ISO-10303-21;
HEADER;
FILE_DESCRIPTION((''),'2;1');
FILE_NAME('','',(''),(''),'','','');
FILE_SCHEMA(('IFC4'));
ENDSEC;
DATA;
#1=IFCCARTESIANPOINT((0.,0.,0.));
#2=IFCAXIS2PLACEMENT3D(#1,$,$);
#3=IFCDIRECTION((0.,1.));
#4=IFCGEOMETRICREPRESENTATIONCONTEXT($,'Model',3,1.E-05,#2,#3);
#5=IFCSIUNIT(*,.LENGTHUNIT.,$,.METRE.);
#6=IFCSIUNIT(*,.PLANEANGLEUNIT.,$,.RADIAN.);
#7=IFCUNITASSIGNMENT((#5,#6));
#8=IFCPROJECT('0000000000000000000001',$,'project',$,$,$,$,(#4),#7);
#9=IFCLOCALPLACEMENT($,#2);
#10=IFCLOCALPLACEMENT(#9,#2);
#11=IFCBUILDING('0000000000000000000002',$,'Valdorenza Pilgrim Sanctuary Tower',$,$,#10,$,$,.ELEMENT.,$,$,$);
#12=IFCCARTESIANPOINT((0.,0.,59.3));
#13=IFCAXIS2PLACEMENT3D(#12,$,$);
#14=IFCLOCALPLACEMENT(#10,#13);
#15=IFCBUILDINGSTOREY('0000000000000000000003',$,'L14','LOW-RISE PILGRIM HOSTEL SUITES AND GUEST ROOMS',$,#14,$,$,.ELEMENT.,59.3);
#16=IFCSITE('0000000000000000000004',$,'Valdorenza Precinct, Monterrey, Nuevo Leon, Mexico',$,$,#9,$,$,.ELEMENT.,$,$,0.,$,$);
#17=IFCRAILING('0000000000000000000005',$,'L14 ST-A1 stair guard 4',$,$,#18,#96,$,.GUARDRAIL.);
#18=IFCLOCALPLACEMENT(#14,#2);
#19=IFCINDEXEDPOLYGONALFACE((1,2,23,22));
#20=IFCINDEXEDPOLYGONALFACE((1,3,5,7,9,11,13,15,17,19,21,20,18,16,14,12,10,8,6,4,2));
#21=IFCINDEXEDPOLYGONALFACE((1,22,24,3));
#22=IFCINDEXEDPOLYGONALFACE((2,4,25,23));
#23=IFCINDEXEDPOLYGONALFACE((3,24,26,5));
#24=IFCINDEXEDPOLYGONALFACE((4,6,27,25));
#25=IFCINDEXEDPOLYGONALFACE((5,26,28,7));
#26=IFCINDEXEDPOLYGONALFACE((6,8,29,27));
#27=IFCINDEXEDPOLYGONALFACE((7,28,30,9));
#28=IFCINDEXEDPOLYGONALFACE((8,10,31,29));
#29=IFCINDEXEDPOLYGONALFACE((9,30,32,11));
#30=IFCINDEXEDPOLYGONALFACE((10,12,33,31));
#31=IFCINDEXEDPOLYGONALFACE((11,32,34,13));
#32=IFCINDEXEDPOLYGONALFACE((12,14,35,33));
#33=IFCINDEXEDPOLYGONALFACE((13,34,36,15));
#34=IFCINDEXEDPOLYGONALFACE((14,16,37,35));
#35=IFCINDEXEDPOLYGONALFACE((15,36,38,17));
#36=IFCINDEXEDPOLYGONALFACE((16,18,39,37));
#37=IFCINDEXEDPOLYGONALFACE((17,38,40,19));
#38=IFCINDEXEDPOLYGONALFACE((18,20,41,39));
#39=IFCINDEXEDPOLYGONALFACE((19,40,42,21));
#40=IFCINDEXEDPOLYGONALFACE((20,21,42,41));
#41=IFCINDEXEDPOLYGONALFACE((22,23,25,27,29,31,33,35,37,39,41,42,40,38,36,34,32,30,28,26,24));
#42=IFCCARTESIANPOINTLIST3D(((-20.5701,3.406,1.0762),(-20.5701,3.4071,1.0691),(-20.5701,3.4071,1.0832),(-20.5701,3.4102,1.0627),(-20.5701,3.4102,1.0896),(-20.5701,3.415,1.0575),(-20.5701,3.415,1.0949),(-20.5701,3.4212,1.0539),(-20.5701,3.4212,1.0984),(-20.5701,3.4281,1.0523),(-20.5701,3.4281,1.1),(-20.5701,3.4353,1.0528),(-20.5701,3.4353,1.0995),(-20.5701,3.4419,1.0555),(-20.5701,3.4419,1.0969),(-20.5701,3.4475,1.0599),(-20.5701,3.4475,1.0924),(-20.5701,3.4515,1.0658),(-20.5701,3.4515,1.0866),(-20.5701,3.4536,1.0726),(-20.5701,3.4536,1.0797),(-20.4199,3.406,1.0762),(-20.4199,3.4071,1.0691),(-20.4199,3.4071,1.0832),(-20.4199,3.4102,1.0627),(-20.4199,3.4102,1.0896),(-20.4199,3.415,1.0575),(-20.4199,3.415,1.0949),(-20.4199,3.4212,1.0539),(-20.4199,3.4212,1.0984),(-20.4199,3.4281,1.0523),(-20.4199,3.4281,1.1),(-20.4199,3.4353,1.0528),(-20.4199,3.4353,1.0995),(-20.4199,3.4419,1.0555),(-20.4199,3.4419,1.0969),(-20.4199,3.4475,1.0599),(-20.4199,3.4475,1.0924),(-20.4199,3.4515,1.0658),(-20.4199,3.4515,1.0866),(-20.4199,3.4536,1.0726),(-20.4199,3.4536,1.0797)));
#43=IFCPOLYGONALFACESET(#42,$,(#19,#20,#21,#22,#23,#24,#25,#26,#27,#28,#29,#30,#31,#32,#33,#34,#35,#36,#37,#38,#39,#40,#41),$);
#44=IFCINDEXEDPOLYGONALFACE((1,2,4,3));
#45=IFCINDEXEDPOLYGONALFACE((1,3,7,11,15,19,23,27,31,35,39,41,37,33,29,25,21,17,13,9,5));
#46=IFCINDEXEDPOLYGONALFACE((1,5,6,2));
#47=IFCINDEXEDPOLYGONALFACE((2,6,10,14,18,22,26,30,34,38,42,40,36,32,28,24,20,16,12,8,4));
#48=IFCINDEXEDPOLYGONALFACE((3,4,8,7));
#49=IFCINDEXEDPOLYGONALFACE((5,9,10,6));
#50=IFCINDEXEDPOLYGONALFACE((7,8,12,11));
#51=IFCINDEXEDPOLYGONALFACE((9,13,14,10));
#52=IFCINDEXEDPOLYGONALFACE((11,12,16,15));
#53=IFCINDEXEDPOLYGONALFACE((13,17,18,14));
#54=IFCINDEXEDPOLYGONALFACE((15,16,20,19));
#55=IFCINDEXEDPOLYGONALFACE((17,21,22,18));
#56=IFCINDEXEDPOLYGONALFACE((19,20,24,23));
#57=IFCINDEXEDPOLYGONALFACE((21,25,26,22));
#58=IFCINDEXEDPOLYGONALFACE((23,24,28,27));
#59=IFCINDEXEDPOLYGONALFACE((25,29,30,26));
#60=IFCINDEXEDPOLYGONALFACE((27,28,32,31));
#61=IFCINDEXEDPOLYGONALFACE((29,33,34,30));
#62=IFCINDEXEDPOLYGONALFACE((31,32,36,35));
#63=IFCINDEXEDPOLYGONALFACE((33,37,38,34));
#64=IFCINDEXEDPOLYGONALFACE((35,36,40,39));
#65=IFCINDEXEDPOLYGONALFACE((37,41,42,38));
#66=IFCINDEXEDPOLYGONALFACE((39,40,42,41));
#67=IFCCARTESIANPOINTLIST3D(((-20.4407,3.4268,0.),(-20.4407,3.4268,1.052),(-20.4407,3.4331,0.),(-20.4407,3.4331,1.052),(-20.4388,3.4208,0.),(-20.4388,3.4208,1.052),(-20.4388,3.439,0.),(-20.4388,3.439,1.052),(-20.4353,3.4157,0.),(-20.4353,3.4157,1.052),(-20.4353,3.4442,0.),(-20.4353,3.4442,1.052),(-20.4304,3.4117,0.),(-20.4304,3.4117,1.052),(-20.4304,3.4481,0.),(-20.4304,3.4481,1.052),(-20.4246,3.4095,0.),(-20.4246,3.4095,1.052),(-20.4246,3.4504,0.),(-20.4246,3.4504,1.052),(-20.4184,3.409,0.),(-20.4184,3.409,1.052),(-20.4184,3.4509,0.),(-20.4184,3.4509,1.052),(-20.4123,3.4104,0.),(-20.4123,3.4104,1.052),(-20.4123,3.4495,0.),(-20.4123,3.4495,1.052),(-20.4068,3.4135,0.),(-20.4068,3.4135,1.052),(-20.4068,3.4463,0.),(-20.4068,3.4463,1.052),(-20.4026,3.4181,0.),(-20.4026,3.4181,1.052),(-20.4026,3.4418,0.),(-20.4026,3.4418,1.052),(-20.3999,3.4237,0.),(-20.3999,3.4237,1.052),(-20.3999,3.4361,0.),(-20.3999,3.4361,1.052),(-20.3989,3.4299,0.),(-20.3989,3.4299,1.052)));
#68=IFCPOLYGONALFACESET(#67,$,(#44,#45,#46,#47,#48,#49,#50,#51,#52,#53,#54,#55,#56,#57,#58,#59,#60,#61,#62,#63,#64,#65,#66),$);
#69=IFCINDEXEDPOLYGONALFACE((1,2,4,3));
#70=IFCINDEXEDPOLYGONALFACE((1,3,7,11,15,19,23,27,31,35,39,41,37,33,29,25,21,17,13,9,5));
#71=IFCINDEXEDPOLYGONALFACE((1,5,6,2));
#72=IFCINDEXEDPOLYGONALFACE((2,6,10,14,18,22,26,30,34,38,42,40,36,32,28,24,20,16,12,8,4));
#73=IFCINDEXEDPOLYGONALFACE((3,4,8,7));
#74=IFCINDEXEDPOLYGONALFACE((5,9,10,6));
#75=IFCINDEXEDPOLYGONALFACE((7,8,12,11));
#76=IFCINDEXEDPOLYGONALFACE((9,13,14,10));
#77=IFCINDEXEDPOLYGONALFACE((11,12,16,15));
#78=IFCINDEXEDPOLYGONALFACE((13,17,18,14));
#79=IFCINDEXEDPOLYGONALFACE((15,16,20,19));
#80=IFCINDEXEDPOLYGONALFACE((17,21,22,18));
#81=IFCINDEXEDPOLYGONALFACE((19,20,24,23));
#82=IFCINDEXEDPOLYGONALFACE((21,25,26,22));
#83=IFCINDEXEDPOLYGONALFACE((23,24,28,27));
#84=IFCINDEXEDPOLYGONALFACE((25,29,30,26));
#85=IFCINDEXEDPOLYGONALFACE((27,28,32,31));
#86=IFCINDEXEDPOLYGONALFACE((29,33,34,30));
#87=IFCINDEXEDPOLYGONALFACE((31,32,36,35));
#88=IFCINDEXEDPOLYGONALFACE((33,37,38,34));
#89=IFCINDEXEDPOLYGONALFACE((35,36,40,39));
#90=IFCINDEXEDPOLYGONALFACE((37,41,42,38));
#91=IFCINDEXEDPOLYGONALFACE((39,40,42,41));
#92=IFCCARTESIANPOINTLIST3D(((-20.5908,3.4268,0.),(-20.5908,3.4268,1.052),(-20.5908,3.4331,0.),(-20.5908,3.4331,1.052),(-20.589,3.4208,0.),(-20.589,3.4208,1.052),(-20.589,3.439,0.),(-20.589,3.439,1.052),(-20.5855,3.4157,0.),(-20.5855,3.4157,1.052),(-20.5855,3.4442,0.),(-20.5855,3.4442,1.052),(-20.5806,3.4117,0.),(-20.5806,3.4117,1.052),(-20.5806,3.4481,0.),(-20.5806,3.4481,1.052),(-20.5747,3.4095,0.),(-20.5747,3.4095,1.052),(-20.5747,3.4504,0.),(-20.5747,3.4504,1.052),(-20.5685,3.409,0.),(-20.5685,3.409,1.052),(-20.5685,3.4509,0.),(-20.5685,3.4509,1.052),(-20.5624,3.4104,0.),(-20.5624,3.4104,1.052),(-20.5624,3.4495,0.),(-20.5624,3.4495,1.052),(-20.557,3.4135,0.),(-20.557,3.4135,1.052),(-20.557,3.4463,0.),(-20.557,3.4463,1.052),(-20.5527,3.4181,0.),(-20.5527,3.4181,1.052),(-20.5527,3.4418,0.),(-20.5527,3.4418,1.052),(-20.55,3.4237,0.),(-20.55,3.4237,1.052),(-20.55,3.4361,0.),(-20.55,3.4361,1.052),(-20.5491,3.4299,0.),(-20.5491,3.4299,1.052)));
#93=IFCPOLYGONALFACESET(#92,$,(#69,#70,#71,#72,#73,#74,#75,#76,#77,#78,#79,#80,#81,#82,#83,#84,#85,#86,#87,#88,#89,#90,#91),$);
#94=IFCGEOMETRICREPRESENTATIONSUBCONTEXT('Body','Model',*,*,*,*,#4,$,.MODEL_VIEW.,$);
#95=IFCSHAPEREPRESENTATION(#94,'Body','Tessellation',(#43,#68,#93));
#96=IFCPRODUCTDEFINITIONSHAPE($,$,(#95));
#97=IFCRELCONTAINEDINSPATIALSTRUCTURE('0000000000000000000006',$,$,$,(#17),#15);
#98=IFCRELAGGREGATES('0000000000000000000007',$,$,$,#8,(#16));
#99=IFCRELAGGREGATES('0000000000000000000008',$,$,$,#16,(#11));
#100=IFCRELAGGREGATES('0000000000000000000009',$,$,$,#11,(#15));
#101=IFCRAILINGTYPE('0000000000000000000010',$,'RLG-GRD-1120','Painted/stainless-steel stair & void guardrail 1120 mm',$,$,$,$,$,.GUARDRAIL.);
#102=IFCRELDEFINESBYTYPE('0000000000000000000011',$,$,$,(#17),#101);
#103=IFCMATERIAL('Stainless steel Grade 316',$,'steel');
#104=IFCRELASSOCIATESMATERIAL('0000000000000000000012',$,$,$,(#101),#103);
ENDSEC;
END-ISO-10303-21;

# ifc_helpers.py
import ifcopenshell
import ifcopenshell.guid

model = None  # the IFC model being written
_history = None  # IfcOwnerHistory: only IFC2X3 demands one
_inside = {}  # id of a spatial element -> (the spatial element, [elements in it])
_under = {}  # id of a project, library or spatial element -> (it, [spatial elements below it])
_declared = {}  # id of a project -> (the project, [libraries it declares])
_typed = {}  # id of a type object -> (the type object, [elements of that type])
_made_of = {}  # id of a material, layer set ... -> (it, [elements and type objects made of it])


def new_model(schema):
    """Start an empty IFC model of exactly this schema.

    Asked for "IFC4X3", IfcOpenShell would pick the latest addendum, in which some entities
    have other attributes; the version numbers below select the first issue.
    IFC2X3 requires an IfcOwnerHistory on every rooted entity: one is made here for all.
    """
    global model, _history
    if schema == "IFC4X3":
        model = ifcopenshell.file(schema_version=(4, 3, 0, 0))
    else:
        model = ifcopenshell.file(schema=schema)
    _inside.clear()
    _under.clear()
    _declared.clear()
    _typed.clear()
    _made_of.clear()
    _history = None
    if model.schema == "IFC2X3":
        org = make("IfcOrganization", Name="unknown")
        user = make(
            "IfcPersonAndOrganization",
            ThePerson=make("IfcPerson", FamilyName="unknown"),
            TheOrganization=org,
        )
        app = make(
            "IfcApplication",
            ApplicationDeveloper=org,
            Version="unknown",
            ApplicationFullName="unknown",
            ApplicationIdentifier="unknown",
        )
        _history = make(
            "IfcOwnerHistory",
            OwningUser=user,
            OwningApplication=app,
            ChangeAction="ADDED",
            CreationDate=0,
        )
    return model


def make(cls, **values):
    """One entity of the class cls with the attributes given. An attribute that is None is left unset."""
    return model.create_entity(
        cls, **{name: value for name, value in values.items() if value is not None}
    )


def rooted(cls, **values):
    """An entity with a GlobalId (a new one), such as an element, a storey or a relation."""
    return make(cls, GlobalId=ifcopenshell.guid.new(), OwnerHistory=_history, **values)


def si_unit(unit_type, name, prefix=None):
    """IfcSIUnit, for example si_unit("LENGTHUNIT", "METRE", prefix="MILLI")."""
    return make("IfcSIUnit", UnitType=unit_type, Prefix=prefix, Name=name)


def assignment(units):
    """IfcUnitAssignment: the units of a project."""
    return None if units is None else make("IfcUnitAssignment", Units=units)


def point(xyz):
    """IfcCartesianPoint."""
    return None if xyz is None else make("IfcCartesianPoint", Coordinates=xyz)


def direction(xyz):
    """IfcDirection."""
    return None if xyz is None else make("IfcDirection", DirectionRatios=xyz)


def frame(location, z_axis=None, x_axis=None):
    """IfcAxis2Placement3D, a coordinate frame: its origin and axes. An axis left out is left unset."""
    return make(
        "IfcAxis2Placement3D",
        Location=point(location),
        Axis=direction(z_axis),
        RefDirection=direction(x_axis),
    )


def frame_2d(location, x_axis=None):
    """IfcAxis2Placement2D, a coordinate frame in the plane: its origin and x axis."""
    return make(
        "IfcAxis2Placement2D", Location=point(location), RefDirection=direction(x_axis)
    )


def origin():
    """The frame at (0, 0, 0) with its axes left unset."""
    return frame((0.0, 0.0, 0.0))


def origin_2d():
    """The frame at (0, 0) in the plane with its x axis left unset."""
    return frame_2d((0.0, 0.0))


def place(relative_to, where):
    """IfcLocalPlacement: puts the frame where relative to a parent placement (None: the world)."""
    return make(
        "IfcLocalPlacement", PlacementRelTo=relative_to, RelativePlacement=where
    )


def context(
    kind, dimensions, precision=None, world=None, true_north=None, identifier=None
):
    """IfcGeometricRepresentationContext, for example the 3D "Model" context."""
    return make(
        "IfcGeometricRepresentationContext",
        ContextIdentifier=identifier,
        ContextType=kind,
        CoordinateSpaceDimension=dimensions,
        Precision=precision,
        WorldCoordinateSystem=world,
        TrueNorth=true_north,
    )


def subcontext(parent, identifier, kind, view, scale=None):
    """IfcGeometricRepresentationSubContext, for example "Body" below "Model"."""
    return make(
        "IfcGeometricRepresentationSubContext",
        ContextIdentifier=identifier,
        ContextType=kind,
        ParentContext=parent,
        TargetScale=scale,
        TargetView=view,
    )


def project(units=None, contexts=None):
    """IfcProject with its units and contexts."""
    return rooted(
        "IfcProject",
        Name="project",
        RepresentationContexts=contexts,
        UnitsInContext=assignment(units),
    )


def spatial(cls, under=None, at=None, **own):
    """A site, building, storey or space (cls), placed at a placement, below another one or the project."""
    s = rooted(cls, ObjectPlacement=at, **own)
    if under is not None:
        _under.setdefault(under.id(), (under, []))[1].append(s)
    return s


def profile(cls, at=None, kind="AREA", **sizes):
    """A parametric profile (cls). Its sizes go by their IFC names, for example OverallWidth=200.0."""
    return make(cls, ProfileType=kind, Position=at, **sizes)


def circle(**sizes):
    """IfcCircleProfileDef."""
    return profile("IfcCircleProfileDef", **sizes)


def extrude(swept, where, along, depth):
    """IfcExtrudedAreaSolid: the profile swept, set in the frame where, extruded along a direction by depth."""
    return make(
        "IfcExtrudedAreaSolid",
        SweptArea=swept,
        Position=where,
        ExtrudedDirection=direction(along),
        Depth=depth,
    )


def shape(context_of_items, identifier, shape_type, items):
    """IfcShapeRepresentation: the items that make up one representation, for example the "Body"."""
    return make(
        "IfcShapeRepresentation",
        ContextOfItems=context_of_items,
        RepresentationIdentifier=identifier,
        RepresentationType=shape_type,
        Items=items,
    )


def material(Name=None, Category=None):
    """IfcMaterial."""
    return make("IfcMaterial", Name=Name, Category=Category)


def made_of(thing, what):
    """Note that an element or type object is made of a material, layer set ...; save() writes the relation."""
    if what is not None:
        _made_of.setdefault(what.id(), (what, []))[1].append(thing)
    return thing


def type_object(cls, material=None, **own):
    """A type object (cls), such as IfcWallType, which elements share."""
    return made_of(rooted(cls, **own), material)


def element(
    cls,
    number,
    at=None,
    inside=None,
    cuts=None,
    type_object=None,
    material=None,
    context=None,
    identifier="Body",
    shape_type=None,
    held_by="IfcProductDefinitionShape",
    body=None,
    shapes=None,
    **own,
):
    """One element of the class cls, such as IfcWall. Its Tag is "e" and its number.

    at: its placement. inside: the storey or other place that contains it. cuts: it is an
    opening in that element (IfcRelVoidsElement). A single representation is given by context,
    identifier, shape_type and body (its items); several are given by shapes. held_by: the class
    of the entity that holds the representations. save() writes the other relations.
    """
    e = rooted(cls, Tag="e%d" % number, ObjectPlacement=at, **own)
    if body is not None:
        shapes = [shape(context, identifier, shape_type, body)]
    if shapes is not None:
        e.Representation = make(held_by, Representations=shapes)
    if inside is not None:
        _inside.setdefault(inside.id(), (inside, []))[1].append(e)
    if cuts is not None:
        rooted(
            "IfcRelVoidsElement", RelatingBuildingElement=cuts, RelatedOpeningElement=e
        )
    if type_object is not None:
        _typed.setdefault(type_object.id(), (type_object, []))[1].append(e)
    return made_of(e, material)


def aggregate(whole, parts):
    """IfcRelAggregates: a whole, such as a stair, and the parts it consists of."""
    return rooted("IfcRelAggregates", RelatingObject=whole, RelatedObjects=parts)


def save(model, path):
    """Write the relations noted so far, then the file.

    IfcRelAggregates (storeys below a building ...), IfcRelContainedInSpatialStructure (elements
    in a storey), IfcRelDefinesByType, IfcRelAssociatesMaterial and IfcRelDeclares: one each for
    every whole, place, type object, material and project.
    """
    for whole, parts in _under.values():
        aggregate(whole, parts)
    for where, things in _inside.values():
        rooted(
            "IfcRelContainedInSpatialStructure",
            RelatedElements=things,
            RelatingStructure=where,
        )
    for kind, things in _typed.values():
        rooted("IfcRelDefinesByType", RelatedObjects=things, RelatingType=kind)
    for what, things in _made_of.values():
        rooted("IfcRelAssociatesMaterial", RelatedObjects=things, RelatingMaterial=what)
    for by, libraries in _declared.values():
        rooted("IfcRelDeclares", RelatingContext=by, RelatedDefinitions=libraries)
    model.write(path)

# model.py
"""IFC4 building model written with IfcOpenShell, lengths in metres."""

from ifc_helpers import new_model, si_unit, direction, frame, origin, origin_2d, place, context, subcontext, project, spatial, circle, extrude, material, type_object, element, save


model = new_model("IFC4")

# Units and contexts
model_context = context("Model", 3, precision=1e-05, world=origin(), true_north=direction((0.0, 1.0)))
body_context = subcontext(model_context, "Body", "Model", "MODEL_VIEW")
ifc_project = project(units=[si_unit("LENGTHUNIT", "METRE"), si_unit("PLANEANGLEUNIT", "RADIAN")], contexts=[model_context])

# Site, building, storey
site_placement = place(None, origin())
site = spatial("IfcSite", under=ifc_project, at=site_placement, Name="Valdorenza Precinct, Monterrey, Nuevo Leon, Mexico", CompositionType="ELEMENT", RefElevation=0.0)
building_placement = place(site_placement, origin())
building = spatial("IfcBuilding", under=site, at=building_placement, Name="Valdorenza Pilgrim Sanctuary Tower", CompositionType="ELEMENT")
storey_placement = place(building_placement, frame((0.0, 0.0, 59.3)))
storey = spatial("IfcBuildingStorey", under=building, at=storey_placement, Name="L14", Description="LOW-RISE PILGRIM HOSTEL SUITES AND GUEST ROOMS", CompositionType="ELEMENT", Elevation=59.3)

# Railing
ifc_material_1 = material(Name="Stainless steel Grade 316", Category="steel")
railing_type_1 = type_object("IfcRailingType", Name="RLG-GRD-1120", Description="Painted/stainless-steel stair & void guardrail 1120 mm", PredefinedType="GUARDRAIL", material=ifc_material_1)
railing_1_placement = place(storey_placement, frame((-20.4199, 3.4299, 0.0)))
element("IfcRailing", 1, at=railing_1_placement, inside=storey, type_object=railing_type_1, Name="L14 ST-A1 stair guard 4", PredefinedType="GUARDRAIL", context=body_context, shape_type="SweptSolid", body=[
    extrude(circle(Radius=0.0239, at=origin_2d()), frame((0.0, 0.0, 1.0762), z_axis=(-1.0, 0.0, 0.0), x_axis=(0.0, -1.0, 0.0)), (0.0, 0.0, 1.0), 0.1501),
    extrude(circle(Radius=0.021, at=origin_2d()), origin(), (0.0, 0.0, 1.0), 1.052),
    extrude(circle(Radius=0.021, at=origin_2d()), frame((-0.1501, 0.0, 0.0)), (0.0, 0.0, 1.0), 1.052),
])

save(model, "model.ifc")
